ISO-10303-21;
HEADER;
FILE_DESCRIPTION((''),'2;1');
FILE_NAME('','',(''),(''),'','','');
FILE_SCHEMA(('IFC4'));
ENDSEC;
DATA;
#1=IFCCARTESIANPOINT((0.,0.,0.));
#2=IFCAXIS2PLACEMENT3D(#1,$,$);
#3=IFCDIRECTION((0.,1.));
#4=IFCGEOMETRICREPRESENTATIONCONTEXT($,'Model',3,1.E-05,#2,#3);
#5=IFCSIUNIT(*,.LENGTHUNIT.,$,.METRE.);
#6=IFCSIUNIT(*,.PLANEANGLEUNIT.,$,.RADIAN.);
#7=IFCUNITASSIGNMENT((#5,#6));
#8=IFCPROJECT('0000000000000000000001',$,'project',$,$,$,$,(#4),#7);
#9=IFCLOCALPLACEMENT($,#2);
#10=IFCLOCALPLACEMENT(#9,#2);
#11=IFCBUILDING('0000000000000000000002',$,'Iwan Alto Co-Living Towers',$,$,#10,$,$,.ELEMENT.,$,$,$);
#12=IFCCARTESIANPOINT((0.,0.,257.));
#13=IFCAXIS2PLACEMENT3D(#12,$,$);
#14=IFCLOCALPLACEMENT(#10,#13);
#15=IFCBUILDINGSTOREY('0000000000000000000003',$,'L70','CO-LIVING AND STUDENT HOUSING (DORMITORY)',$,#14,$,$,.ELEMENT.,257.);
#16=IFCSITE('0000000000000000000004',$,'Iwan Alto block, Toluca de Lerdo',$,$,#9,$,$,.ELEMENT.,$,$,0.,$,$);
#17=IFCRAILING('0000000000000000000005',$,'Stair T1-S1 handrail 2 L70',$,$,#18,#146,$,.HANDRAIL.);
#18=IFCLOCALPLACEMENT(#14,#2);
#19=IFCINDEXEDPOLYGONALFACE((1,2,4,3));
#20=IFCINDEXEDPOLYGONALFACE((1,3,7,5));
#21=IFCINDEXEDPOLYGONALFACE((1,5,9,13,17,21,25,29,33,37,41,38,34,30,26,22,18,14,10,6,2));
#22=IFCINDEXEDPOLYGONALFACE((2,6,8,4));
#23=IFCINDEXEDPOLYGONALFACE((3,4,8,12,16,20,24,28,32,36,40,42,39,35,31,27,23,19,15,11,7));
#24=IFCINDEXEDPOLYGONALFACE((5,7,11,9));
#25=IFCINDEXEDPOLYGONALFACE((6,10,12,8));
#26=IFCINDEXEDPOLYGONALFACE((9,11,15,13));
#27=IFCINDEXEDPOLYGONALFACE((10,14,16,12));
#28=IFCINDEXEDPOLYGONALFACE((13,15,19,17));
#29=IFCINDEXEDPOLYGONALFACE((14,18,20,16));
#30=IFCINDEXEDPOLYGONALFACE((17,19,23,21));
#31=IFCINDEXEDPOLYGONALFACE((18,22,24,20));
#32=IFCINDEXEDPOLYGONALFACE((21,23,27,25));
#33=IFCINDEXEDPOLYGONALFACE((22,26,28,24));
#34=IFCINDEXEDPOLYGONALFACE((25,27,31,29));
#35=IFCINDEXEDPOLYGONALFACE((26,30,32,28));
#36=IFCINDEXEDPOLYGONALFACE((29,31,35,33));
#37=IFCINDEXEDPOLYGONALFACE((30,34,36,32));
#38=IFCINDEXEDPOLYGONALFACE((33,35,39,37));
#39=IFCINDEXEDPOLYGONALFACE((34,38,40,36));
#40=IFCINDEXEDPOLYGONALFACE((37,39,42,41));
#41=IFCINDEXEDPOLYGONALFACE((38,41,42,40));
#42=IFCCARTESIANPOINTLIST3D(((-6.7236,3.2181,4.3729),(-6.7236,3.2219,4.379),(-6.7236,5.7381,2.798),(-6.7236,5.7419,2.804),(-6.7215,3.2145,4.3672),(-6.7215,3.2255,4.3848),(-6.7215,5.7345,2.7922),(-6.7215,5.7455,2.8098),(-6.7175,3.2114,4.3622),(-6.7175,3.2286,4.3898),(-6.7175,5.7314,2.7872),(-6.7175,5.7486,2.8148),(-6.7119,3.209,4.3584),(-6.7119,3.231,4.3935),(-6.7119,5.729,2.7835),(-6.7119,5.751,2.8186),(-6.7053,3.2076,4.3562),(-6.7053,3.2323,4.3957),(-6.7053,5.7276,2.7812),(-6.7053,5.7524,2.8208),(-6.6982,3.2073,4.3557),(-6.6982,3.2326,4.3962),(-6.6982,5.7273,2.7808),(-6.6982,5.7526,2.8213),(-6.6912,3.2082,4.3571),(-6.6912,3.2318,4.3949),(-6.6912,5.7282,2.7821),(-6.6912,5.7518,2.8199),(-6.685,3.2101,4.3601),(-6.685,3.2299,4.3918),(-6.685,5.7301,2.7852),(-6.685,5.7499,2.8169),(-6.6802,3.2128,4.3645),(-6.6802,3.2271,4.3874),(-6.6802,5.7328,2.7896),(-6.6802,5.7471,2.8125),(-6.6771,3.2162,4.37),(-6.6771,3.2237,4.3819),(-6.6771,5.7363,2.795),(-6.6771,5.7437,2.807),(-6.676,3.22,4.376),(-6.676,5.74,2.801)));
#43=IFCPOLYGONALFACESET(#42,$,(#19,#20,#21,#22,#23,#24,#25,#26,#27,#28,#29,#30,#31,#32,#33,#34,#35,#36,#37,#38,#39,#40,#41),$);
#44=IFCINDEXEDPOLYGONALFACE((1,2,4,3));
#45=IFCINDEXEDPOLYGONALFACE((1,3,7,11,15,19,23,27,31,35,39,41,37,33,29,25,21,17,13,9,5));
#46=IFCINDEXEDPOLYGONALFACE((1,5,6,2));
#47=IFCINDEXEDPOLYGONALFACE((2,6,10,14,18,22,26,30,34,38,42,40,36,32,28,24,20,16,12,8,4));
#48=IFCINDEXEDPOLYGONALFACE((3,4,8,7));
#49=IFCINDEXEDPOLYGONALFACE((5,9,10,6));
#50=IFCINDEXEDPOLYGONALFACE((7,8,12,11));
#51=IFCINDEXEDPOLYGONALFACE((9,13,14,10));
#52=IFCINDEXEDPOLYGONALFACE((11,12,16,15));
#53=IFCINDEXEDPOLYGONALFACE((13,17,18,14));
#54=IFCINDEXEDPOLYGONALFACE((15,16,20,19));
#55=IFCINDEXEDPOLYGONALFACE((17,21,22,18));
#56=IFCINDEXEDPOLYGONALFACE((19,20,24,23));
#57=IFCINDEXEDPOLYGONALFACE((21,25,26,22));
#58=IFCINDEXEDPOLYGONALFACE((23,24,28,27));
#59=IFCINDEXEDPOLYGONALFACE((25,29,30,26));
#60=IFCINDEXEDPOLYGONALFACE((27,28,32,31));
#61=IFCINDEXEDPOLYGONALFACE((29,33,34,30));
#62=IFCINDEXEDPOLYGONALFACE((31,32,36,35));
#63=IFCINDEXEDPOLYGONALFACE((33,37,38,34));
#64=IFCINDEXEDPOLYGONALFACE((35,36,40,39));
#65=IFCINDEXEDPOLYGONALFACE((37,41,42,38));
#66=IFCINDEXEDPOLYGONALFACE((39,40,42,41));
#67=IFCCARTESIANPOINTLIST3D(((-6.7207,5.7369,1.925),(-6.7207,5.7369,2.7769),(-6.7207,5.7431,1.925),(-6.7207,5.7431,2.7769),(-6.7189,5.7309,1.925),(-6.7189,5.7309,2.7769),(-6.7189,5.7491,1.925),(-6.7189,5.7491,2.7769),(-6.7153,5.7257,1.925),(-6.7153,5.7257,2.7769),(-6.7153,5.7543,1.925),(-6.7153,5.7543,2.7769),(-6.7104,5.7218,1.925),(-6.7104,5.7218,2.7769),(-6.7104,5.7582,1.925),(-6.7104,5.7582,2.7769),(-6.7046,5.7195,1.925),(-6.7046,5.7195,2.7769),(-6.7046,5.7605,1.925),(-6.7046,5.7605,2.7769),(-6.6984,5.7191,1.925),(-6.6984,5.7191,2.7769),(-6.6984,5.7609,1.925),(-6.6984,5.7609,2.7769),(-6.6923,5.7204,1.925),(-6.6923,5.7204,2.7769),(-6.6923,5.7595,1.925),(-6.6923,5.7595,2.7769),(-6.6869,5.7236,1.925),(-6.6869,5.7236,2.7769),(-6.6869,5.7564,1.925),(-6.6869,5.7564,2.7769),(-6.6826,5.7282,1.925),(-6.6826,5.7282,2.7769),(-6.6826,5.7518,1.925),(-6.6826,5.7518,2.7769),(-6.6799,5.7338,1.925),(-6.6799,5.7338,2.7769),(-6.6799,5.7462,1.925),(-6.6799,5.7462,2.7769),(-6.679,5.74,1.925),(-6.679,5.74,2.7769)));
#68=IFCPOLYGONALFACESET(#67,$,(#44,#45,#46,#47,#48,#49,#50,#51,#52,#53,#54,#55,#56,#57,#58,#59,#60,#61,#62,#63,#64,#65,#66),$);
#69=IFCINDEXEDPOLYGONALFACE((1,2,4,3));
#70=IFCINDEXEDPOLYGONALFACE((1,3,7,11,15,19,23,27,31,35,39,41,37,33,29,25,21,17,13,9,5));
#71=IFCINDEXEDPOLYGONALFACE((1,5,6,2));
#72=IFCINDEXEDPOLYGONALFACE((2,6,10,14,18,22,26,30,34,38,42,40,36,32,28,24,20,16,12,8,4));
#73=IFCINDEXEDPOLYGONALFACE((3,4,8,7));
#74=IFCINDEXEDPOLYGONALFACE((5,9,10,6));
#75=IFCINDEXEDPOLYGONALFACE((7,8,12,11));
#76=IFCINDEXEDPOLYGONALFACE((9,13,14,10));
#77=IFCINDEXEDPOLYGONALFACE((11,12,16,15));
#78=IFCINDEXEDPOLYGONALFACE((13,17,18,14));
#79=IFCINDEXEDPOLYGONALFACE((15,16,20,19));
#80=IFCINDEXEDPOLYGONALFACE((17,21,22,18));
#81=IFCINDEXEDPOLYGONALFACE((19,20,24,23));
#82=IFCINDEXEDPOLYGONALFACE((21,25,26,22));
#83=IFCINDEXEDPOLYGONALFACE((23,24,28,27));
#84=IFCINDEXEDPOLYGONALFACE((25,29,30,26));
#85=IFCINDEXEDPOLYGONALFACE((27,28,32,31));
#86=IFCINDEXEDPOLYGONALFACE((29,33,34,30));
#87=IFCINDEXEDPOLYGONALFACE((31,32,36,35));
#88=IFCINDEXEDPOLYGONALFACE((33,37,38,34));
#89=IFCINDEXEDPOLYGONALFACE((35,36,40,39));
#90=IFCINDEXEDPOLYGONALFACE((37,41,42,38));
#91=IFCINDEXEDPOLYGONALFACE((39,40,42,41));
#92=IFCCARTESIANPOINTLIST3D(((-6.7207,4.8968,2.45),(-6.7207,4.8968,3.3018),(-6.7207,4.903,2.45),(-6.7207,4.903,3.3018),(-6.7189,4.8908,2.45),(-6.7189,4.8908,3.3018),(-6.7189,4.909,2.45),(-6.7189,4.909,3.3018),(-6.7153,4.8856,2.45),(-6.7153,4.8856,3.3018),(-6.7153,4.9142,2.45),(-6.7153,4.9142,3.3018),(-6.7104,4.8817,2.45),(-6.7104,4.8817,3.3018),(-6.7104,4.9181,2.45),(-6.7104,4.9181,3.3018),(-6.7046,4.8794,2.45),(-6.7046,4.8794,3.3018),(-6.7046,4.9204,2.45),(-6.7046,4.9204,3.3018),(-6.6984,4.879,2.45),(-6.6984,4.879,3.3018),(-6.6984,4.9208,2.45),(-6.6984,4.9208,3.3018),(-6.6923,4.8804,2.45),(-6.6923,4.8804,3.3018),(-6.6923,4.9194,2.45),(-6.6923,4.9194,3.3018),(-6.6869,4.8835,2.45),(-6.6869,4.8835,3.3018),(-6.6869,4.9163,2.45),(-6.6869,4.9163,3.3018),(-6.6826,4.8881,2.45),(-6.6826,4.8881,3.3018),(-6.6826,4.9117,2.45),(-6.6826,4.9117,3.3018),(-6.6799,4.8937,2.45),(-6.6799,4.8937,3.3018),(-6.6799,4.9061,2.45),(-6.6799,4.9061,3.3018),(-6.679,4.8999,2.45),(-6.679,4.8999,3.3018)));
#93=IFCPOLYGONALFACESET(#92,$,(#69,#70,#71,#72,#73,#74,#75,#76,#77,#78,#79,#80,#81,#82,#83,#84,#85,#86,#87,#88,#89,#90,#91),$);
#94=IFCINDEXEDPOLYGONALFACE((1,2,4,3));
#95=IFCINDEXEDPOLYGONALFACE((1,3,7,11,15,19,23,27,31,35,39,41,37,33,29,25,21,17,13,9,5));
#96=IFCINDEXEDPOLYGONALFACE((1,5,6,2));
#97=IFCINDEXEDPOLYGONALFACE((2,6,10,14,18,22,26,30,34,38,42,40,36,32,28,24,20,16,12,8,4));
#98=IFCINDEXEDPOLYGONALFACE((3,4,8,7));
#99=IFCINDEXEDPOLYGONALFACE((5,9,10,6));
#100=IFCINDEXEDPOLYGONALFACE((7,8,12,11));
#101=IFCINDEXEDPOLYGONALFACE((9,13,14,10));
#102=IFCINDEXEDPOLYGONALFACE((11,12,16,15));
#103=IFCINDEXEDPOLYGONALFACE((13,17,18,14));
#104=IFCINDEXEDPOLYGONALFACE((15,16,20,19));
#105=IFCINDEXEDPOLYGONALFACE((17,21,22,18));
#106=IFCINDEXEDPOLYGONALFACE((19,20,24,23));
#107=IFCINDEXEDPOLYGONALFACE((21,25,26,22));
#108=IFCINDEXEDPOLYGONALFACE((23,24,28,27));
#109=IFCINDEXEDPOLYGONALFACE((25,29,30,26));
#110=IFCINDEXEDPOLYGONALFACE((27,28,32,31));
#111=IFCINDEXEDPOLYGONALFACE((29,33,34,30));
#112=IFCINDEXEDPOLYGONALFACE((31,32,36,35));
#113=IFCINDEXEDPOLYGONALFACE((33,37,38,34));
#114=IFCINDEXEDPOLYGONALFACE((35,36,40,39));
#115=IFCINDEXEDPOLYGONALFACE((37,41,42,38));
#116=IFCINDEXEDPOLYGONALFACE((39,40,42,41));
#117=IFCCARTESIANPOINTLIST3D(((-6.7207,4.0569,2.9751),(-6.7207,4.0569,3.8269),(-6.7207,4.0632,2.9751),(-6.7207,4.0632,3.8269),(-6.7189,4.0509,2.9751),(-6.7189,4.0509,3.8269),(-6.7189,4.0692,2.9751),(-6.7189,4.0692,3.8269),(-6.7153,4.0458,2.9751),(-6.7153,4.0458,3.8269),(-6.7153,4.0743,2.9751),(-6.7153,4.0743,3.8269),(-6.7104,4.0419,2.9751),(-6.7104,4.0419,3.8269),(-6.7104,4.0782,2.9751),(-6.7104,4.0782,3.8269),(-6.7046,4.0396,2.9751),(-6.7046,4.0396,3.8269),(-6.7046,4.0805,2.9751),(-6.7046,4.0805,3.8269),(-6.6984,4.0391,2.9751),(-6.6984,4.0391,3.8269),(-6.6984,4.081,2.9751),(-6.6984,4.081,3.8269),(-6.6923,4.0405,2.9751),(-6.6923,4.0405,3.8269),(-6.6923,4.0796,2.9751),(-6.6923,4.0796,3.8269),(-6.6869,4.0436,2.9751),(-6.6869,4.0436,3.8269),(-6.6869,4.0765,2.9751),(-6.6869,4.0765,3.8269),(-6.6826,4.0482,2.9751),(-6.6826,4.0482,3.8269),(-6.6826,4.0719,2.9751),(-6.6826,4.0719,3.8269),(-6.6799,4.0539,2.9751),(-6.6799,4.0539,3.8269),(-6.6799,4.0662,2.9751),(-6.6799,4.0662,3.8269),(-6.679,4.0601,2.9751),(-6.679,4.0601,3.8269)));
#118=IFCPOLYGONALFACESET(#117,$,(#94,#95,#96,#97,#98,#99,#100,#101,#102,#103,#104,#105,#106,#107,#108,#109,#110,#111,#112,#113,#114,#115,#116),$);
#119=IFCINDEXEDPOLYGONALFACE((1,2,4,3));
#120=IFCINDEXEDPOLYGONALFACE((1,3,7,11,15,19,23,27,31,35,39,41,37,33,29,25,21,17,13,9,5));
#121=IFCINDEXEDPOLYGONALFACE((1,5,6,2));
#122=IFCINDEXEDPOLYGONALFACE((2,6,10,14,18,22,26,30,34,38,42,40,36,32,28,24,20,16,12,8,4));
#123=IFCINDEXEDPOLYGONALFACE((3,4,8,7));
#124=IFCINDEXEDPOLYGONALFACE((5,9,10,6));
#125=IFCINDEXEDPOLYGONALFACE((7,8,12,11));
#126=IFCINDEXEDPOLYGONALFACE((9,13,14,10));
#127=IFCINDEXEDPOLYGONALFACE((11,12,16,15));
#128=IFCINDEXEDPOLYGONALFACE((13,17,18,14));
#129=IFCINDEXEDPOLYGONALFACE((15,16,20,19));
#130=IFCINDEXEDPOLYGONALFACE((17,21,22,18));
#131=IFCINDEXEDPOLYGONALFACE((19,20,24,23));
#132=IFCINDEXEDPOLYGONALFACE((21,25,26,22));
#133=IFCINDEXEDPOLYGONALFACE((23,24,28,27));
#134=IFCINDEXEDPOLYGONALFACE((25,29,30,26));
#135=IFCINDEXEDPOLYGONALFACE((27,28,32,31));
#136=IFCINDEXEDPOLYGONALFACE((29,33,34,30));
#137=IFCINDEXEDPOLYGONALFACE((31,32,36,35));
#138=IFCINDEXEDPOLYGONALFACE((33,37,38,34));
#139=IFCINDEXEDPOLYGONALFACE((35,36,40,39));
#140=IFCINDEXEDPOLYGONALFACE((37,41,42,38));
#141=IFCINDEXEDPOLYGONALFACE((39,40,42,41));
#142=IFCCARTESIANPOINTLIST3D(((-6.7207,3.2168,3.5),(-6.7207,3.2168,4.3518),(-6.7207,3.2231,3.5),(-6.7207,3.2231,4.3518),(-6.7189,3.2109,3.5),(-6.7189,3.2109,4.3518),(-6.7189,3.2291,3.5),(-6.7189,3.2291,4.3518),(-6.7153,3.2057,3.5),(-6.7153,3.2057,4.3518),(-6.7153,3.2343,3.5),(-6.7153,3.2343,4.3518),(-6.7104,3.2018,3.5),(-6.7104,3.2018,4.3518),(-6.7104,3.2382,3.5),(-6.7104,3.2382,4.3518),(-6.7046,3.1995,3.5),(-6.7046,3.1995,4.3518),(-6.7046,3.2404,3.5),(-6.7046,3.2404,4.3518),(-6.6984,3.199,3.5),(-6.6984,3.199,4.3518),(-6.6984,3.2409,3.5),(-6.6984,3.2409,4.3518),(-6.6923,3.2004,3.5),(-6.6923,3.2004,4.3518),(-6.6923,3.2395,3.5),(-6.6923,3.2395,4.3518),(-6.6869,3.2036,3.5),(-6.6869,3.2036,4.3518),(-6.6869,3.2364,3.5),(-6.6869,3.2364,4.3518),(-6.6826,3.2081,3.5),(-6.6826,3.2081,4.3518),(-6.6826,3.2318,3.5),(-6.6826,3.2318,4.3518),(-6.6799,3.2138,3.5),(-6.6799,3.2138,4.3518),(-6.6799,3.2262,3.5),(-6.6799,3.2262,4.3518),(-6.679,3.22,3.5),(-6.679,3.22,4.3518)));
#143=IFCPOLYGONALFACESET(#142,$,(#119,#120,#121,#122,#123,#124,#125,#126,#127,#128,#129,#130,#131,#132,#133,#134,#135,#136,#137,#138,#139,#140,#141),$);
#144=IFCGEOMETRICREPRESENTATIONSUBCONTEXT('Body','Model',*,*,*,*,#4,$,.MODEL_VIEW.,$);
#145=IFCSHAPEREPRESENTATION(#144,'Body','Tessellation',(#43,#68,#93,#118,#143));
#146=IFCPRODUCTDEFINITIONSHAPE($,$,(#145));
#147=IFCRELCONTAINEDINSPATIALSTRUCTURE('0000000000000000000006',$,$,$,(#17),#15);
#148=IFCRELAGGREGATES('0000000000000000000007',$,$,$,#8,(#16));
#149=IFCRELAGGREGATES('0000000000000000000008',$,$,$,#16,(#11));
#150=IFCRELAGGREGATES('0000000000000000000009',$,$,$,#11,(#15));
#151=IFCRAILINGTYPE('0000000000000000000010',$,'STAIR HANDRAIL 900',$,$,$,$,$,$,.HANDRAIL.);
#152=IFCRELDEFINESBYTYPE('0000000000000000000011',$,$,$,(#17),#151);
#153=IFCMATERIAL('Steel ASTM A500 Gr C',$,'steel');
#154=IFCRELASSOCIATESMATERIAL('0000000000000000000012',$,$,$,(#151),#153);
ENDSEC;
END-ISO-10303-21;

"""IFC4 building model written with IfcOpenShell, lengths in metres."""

from ifc_helpers import new_model, si_unit, direction, frame, origin, origin_2d, place, context, subcontext, project, spatial, circle, extrude, material, type_object, element, save


model = new_model("IFC4")

# Units and contexts
model_context = context("Model", 3, precision=1e-05, world=origin(), true_north=direction((0.0, 1.0)))
body_context = subcontext(model_context, "Body", "Model", "MODEL_VIEW")
ifc_project = project(units=[si_unit("LENGTHUNIT", "METRE"), si_unit("PLANEANGLEUNIT", "RADIAN")], contexts=[model_context])

# Site, building, storey
site_placement = place(None, origin())
site = spatial("IfcSite", under=ifc_project, at=site_placement, Name="Iwan Alto block, Toluca de Lerdo", CompositionType="ELEMENT", RefElevation=0.0)
building_placement = place(site_placement, origin())
building = spatial("IfcBuilding", under=site, at=building_placement, Name="Iwan Alto Co-Living Towers", CompositionType="ELEMENT")
storey_placement = place(building_placement, frame((0.0, 0.0, 257.0)))
storey = spatial("IfcBuildingStorey", under=building, at=storey_placement, Name="L70", Description="CO-LIVING AND STUDENT HOUSING (DORMITORY)", CompositionType="ELEMENT", Elevation=257.0)

# Railing
ifc_material_1 = material(Name="Steel ASTM A500 Gr C", Category="steel")
railing_type_1 = type_object("IfcRailingType", Name="STAIR HANDRAIL 900", PredefinedType="HANDRAIL", material=ifc_material_1)
railing_1_placement = place(storey_placement, frame((-6.7, 5.74, 1.925)))
element("IfcRailing", 1, at=railing_1_placement, inside=storey, type_object=railing_type_1, Name="Stair T1-S1 handrail 2 L70", PredefinedType="HANDRAIL", context=body_context, shape_type="SweptSolid", body=[
    extrude(circle(Radius=0.0239, at=origin_2d()), frame((0.0, 0.0, 0.876), z_axis=(0.0, -0.848008, 0.529984), x_axis=(1.0, 0.0, 0.0)), (0.0, 0.0, 1.0), 2.9717),
    extrude(circle(Radius=0.021, at=origin_2d()), origin(), (0.0, 0.0, 1.0), 0.8518),
    extrude(circle(Radius=0.021, at=origin_2d()), frame((0.0, -0.8401, 0.5249)), (0.0, 0.0, 1.0), 0.8518),
    extrude(circle(Radius=0.021, at=origin_2d()), frame((0.0, -1.6799, 1.05)), (0.0, 0.0, 1.0), 0.8518),
    extrude(circle(Radius=0.021, at=origin_2d()), frame((0.0, -2.52, 1.575)), (0.0, 0.0, 1.0), 0.8518),
])

save(model, "model.ifc")
